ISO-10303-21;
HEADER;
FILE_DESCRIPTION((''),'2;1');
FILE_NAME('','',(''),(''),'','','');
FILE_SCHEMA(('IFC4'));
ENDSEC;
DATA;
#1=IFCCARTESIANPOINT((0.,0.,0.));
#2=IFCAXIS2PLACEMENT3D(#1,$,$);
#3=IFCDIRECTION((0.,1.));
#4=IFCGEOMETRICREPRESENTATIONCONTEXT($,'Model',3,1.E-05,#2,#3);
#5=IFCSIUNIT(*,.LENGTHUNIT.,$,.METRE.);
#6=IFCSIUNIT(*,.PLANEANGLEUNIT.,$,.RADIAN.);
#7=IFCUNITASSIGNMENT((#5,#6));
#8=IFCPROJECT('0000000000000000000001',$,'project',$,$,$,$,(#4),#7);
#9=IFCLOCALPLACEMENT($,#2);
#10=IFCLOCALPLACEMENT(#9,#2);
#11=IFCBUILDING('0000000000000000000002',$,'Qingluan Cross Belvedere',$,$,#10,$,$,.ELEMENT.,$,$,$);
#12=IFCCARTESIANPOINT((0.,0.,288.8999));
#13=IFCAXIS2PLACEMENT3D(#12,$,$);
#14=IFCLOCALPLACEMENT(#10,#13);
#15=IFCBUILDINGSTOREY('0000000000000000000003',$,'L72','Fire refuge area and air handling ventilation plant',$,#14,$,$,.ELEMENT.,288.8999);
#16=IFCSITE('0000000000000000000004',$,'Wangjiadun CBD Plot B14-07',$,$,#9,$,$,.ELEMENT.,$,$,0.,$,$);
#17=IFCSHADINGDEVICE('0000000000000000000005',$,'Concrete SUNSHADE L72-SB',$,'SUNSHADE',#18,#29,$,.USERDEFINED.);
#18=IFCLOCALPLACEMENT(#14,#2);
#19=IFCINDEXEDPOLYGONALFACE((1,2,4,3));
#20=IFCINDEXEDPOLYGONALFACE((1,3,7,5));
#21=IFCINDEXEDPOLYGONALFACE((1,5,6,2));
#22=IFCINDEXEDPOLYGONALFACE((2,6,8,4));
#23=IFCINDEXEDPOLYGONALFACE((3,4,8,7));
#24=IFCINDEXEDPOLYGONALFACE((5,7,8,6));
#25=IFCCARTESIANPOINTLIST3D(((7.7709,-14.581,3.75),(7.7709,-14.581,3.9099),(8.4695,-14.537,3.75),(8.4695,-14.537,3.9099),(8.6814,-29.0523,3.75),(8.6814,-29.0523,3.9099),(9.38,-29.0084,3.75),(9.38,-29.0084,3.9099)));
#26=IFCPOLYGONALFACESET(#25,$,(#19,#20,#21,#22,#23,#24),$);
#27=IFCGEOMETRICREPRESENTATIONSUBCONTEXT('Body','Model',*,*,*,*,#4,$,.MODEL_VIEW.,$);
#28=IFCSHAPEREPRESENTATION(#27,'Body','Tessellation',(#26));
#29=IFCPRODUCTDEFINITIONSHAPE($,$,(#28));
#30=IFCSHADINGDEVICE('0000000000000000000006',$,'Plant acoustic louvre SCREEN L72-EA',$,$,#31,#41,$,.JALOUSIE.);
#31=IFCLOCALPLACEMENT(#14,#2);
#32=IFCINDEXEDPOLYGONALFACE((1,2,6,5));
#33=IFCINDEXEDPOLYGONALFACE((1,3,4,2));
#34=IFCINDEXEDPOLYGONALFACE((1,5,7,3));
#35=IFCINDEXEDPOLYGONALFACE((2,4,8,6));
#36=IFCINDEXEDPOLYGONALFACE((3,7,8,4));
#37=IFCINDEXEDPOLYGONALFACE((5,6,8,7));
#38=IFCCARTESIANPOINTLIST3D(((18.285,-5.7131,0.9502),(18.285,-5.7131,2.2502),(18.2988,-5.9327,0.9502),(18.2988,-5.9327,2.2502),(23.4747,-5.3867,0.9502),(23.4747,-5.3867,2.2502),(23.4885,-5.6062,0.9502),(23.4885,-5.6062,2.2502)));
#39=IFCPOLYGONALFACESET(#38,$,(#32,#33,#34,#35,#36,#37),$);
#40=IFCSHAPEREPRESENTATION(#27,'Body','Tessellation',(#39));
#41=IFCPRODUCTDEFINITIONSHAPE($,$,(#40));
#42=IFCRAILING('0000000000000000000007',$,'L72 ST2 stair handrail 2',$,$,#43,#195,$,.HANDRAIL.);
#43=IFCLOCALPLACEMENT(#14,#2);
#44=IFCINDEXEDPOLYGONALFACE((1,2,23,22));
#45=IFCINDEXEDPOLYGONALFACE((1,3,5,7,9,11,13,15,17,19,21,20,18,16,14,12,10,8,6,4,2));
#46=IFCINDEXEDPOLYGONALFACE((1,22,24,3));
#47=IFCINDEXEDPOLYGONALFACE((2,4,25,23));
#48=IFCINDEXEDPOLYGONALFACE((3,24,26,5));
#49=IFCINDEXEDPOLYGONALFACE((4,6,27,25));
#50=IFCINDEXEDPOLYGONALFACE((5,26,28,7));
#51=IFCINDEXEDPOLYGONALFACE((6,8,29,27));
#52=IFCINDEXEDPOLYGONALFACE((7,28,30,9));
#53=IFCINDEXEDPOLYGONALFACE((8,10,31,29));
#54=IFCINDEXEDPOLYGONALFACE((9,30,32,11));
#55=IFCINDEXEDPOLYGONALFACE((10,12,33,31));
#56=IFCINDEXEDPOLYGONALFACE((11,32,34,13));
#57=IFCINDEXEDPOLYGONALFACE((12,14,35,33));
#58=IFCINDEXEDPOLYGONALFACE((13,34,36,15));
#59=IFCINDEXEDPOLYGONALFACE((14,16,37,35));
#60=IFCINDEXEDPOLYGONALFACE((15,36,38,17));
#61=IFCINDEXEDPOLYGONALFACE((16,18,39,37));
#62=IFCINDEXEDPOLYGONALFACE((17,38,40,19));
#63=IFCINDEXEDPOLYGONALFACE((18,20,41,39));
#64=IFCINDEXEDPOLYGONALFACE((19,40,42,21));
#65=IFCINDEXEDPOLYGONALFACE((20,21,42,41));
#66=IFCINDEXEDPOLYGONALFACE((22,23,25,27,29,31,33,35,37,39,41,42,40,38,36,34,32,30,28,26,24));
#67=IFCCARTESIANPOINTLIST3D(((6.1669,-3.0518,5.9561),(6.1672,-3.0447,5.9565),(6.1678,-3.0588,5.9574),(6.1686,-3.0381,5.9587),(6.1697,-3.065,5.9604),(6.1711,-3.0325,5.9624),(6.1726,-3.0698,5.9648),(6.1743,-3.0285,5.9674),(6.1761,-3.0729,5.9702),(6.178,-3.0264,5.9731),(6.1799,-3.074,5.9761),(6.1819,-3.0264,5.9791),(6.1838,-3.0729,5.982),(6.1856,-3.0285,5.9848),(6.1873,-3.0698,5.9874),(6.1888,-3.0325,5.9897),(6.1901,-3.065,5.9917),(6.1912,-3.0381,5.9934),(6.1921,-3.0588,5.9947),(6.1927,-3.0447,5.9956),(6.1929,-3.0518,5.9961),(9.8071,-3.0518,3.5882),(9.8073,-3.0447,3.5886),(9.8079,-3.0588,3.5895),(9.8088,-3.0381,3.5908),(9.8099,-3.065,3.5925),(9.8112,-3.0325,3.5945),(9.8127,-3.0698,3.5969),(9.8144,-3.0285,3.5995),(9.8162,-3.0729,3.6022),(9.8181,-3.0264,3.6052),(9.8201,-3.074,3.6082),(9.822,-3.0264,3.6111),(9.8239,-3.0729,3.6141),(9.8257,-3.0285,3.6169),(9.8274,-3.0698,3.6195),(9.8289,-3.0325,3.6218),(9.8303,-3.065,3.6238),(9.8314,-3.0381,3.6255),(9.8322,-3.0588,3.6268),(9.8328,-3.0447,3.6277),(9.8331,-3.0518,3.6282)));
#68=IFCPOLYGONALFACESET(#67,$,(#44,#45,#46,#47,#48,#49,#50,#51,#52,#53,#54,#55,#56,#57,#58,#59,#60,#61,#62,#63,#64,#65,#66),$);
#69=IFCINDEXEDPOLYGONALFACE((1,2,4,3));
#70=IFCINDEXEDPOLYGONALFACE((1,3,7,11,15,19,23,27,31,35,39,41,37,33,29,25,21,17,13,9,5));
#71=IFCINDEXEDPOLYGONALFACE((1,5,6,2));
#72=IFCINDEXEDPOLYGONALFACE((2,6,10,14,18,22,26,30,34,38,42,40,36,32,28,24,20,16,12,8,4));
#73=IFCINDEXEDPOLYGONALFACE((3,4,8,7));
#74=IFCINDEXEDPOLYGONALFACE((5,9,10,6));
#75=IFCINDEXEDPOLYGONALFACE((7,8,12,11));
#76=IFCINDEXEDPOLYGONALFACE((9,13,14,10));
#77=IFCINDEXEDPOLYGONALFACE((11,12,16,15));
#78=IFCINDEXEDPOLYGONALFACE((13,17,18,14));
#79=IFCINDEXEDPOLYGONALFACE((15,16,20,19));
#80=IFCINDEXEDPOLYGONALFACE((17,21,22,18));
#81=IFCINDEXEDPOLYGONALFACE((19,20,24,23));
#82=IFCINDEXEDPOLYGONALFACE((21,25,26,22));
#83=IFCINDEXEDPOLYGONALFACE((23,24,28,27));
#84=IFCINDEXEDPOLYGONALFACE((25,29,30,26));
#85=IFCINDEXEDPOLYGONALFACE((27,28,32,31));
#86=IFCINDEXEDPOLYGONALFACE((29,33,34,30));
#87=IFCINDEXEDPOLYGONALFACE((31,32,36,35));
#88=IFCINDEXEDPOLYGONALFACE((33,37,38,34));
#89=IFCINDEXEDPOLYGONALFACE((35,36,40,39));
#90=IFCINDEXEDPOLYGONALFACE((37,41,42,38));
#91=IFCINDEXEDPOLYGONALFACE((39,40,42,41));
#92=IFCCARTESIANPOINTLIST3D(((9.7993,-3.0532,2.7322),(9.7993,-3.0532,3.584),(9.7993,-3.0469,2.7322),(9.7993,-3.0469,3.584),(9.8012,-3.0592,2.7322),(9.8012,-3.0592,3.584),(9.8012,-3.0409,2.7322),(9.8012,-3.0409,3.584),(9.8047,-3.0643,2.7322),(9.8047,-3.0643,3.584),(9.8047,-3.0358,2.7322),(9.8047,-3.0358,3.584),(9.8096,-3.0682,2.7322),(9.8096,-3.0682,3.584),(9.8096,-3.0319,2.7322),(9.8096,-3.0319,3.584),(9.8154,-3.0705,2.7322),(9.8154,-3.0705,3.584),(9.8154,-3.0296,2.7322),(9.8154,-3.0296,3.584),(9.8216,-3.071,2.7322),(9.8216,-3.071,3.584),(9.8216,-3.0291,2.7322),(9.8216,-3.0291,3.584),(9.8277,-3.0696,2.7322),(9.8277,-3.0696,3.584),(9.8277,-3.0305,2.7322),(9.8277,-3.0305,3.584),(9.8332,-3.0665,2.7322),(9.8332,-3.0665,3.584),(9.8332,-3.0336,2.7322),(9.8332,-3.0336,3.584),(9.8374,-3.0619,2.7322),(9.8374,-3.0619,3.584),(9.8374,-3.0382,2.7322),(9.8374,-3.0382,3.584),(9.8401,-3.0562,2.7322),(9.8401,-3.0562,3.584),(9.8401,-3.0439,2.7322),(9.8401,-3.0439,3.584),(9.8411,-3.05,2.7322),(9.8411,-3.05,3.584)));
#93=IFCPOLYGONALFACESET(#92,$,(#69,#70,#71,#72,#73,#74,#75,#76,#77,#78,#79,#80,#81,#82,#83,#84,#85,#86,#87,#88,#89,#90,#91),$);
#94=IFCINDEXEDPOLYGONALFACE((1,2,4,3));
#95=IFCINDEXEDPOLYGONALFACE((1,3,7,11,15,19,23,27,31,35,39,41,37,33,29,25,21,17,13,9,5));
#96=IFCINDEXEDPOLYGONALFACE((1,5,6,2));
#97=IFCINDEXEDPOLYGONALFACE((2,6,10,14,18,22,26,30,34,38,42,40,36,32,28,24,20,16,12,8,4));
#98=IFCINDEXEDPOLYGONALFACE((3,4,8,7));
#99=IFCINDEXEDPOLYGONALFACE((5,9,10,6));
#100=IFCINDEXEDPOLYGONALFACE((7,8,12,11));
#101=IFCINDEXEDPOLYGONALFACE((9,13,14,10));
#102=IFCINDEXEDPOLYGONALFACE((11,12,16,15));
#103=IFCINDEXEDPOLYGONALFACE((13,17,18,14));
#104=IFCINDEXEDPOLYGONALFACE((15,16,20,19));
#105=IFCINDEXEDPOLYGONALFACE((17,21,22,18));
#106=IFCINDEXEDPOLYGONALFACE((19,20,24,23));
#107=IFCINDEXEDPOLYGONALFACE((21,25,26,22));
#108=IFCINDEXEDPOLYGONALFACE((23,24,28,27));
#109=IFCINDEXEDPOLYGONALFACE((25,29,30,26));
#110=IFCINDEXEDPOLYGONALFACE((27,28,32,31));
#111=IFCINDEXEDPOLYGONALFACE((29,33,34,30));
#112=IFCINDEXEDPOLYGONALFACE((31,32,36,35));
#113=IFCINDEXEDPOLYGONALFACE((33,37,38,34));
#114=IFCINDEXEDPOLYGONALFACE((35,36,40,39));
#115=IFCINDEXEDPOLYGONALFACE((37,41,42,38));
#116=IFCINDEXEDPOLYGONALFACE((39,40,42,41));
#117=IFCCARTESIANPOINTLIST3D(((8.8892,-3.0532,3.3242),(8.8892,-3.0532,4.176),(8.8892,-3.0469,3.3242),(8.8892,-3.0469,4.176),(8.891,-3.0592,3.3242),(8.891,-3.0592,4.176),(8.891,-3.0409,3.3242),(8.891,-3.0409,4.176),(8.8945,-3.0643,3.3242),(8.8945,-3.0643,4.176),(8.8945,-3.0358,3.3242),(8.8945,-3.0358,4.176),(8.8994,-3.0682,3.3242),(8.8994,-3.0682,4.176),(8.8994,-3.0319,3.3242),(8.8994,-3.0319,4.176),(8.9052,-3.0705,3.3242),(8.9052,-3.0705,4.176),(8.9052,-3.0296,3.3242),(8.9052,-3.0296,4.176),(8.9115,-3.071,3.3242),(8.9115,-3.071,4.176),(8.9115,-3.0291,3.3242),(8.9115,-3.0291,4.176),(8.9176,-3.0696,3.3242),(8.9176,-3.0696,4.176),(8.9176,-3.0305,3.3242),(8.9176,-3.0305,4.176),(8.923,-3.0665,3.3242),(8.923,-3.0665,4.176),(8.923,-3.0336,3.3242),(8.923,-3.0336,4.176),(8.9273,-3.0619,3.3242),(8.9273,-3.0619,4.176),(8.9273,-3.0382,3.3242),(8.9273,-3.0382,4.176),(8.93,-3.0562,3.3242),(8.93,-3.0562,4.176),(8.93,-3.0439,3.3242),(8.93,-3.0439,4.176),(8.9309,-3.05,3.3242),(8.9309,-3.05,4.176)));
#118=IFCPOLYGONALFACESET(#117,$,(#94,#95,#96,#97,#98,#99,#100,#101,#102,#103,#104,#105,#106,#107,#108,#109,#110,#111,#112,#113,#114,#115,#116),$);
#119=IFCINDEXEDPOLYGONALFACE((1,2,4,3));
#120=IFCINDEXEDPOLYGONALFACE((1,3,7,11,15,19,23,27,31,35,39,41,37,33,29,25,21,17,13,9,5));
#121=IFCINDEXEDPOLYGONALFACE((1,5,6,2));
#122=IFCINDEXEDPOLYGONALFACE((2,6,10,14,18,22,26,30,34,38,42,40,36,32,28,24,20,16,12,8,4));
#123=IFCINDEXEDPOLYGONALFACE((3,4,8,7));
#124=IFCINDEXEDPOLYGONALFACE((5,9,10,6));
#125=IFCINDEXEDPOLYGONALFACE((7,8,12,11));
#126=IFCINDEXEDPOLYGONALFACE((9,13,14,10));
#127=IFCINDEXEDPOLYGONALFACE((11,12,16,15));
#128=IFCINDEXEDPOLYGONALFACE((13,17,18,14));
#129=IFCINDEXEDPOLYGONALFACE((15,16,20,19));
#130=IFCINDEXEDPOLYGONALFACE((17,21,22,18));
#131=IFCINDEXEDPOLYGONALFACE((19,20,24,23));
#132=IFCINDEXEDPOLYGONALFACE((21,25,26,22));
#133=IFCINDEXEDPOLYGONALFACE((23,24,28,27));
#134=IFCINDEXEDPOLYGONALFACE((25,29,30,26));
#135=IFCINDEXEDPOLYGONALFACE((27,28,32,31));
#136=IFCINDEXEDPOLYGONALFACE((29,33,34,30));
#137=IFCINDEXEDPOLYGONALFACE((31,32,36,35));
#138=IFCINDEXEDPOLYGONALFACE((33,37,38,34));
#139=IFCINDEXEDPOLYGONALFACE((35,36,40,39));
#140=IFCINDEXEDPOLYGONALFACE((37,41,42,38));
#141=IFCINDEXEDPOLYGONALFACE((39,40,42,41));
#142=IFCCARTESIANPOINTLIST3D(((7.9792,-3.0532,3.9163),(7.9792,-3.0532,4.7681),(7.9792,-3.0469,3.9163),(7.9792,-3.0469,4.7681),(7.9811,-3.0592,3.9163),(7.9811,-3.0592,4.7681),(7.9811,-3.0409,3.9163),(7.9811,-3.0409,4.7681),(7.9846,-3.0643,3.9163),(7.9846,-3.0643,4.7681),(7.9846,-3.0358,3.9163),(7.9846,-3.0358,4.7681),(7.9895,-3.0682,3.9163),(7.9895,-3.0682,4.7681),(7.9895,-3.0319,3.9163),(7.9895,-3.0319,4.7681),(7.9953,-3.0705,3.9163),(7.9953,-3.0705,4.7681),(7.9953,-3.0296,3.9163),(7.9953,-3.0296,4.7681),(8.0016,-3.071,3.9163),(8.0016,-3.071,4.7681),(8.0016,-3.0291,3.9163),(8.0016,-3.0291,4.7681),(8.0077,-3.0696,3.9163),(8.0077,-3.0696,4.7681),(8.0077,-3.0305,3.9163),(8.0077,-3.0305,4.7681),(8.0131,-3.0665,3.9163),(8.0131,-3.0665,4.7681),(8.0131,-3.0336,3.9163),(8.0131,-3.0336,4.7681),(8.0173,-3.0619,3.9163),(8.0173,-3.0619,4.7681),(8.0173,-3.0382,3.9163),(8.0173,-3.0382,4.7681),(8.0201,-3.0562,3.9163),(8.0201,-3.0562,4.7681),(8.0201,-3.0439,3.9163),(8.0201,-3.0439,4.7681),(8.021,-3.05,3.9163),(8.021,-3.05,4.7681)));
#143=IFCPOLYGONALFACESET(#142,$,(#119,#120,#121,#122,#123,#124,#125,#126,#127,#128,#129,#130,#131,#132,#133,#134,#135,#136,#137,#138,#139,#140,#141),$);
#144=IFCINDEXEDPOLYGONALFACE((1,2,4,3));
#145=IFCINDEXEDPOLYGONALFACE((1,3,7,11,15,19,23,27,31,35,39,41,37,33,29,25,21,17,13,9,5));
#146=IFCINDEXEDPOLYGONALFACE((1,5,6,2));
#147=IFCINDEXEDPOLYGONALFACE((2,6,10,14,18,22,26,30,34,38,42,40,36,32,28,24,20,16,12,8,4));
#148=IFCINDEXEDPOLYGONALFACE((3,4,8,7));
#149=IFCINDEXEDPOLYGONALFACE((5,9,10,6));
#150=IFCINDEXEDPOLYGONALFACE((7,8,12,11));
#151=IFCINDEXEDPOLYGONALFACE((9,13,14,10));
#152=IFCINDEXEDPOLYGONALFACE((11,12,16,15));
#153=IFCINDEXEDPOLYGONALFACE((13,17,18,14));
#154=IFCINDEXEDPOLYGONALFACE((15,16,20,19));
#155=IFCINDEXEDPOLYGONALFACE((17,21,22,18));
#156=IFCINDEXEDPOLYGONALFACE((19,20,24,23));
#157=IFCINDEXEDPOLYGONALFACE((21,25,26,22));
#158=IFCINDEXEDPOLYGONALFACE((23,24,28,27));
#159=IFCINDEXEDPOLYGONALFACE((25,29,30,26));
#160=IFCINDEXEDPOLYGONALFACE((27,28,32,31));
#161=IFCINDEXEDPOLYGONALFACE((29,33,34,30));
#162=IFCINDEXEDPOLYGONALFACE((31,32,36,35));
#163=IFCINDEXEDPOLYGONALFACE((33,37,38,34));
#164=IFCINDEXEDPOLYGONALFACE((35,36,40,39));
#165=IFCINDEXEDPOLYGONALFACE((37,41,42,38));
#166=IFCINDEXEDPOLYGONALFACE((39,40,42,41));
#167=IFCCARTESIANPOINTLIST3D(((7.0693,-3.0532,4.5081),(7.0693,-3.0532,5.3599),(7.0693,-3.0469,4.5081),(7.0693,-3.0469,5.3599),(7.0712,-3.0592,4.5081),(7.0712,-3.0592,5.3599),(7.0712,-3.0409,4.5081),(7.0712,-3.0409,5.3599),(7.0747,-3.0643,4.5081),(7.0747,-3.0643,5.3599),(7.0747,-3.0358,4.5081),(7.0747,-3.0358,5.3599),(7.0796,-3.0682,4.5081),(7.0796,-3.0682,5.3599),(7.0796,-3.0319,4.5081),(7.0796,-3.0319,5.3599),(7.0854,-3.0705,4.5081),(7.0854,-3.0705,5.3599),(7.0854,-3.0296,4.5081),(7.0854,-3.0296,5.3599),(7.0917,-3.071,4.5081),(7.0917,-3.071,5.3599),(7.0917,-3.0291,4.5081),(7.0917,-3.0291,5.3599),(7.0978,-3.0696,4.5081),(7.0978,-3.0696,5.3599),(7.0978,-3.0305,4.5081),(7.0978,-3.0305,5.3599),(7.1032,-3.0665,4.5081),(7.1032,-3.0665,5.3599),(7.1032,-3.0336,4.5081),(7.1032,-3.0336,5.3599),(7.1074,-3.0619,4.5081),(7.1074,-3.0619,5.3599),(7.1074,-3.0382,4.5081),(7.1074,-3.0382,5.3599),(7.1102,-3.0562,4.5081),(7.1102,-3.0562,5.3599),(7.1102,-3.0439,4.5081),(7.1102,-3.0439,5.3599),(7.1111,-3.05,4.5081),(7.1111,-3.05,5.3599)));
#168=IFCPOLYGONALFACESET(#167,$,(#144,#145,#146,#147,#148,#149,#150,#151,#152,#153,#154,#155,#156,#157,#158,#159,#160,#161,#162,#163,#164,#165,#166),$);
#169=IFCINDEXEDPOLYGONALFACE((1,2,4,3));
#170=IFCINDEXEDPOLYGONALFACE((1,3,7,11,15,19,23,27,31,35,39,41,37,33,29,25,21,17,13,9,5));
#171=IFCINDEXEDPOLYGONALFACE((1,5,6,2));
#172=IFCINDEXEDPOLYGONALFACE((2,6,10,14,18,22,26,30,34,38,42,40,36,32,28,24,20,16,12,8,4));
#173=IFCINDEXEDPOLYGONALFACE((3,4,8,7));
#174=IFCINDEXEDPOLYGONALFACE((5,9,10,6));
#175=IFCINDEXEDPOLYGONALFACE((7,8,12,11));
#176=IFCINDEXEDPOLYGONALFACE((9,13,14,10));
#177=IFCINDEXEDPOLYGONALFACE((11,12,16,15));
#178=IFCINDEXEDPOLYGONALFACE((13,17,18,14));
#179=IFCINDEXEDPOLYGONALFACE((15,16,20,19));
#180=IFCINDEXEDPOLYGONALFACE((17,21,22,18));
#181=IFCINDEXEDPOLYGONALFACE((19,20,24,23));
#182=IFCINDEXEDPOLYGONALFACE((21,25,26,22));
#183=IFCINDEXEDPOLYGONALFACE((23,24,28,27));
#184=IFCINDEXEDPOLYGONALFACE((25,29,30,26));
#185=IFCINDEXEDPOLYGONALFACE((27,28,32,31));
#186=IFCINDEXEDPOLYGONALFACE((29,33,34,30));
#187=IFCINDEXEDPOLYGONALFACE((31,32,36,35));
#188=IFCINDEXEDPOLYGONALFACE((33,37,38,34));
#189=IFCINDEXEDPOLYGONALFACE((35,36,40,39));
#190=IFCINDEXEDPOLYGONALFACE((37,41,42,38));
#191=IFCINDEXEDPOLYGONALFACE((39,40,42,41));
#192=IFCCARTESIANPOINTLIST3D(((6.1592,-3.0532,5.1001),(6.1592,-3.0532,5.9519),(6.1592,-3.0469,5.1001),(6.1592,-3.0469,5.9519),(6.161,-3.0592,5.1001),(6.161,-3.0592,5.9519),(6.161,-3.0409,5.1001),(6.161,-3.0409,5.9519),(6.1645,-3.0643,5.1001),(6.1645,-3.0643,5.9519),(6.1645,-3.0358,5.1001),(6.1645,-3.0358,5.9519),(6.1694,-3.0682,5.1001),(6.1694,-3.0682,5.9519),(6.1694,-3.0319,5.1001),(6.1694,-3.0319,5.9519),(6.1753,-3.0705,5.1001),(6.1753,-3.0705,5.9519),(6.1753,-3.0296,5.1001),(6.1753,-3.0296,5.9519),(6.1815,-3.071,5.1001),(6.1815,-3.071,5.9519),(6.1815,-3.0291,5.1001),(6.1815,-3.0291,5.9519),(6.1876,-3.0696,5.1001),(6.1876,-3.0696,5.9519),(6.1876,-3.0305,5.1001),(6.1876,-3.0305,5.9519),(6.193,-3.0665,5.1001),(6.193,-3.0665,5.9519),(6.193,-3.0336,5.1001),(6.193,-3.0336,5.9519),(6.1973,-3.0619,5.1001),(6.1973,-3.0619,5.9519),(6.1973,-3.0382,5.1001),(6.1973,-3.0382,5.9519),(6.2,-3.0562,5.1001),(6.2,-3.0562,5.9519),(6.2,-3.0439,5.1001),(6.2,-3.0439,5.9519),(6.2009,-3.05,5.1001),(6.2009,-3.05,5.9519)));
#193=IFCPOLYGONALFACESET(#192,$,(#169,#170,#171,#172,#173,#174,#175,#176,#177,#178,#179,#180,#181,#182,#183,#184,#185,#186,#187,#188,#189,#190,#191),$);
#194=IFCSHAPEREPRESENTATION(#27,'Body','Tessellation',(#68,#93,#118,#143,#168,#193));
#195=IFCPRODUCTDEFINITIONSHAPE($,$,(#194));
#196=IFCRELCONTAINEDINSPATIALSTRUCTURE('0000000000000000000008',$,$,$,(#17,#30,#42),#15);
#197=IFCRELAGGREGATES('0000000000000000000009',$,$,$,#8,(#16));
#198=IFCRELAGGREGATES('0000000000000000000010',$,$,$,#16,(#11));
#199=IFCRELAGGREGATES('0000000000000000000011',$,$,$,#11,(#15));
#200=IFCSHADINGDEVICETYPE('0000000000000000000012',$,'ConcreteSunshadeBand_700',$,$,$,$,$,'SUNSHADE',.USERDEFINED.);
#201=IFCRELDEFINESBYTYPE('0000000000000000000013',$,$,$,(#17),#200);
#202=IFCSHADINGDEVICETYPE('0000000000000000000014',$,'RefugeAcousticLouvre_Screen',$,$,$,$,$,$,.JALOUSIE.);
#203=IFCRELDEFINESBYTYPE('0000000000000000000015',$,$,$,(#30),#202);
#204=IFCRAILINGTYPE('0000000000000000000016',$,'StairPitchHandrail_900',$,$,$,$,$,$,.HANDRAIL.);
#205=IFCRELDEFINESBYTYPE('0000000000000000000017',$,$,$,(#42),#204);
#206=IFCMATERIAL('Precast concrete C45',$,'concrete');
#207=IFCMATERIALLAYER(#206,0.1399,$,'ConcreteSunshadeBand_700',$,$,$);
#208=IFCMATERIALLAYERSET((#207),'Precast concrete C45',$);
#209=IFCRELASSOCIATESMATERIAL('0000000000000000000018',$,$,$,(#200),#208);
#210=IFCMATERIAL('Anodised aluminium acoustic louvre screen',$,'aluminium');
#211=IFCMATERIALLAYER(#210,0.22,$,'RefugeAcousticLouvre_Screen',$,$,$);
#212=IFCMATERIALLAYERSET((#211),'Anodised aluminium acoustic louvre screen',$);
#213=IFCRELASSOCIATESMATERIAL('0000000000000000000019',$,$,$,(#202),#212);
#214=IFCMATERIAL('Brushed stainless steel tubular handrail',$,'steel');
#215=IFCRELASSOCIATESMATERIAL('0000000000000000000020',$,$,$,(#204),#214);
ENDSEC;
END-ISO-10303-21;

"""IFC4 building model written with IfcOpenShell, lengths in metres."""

from ifc_helpers import new_model, si_unit, direction, frame, origin, origin_2d, place, context, subcontext, project, spatial, rectangle, circle, extrude, material, layer, layer_set, type_object, element, save


model = new_model("IFC4")

# Units and contexts
model_context = context("Model", 3, precision=1e-05, world=origin(), true_north=direction((0.0, 1.0)))
body_context = subcontext(model_context, "Body", "Model", "MODEL_VIEW")
ifc_project = project(units=[si_unit("LENGTHUNIT", "METRE"), si_unit("PLANEANGLEUNIT", "RADIAN")], contexts=[model_context])

# Site, building, storey
site_placement = place(None, origin())
site = spatial("IfcSite", under=ifc_project, at=site_placement, Name="Wangjiadun CBD Plot B14-07", CompositionType="ELEMENT", RefElevation=0.0)
building_placement = place(site_placement, origin())
building = spatial("IfcBuilding", under=site, at=building_placement, Name="Qingluan Cross Belvedere", CompositionType="ELEMENT")
storey_placement = place(building_placement, frame((0.0, 0.0, 288.8999)))
storey = spatial("IfcBuildingStorey", under=building, at=storey_placement, Name="L72", Description="Fire refuge area and air handling ventilation plant", CompositionType="ELEMENT", Elevation=288.8999)

# Shading devices
ifc_material_1 = material(Name="Precast concrete C45", Category="concrete")
ifc_layer_1 = layer(ifc_material_1, 0.1399, Name="ConcreteSunshadeBand_700")
ifc_layer_set_1 = layer_set([ifc_layer_1], Name="Precast concrete C45")
shading_device_type_1 = type_object("IfcShadingDeviceType", Name="ConcreteSunshadeBand_700", ElementType="SUNSHADE", PredefinedType="USERDEFINED", material=ifc_layer_set_1)
shading_device_1_placement = place(storey_placement, frame((8.5754, -21.7947, 3.75), z_axis=(0.0, 0.0, 1.0), x_axis=(-0.062796, 0.998026, 0.0)))
element("IfcShadingDevice", 1, at=shading_device_1_placement, inside=storey, type_object=shading_device_type_1, Name="Concrete SUNSHADE L72-SB", ObjectType="SUNSHADE", PredefinedType="USERDEFINED", context=body_context, shape_type="SweptSolid", body=[
    extrude(rectangle(XDim=14.5, YDim=0.7, at=origin_2d()), origin(), (0.0, 0.0, 1.0), 0.1599),
])
ifc_material_2 = material(Name="Anodised aluminium acoustic louvre screen", Category="aluminium")
ifc_layer_2 = layer(ifc_material_2, 0.22, Name="RefugeAcousticLouvre_Screen")
ifc_layer_set_2 = layer_set([ifc_layer_2], Name="Anodised aluminium acoustic louvre screen")
shading_device_type_2 = type_object("IfcShadingDeviceType", Name="RefugeAcousticLouvre_Screen", PredefinedType="JALOUSIE", material=ifc_layer_set_2)
shading_device_2_placement = place(storey_placement, frame((20.8867, -5.6597, 0.9502), z_axis=(0.0, 0.0, 1.0), x_axis=(0.998027, 0.062784, 0.0)))
element("IfcShadingDevice", 2, at=shading_device_2_placement, inside=storey, type_object=shading_device_type_2, Name="Plant acoustic louvre SCREEN L72-EA", PredefinedType="JALOUSIE", context=body_context, shape_type="SweptSolid", body=[
    extrude(rectangle(XDim=5.2, YDim=0.22, at=origin_2d()), origin(), (0.0, 0.0, 1.0), 1.3),
])

# Railing
ifc_material_3 = material(Name="Brushed stainless steel tubular handrail", Category="steel")
railing_type_1 = type_object("IfcRailingType", Name="StairPitchHandrail_900", PredefinedType="HANDRAIL", material=ifc_material_3)
railing_1_placement = place(storey_placement, frame((9.8201, -3.05, 2.7322)))
element("IfcRailing", 3, at=railing_1_placement, inside=storey, type_object=railing_type_1, Name="L72 ST2 stair handrail 2", PredefinedType="HANDRAIL", context=body_context, shape_type="SweptSolid", body=[
    extrude(circle(Radius=0.0239, at=origin_2d()), frame((0.0, 0.0, 0.876), z_axis=(-0.838251, 0.0, 0.545285), x_axis=(0.0, -1.0, 0.0)), (0.0, 0.0, 1.0), 4.3425),
    extrude(circle(Radius=0.021, at=origin_2d()), origin(), (0.0, 0.0, 1.0), 0.8518),
    extrude(circle(Radius=0.021, at=origin_2d()), frame((-0.9102, 0.0, 0.592)), (0.0, 0.0, 1.0), 0.8518),
    extrude(circle(Radius=0.021, at=origin_2d()), frame((-1.8201, 0.0, 1.1841)), (0.0, 0.0, 1.0), 0.8518),
    extrude(circle(Radius=0.021, at=origin_2d()), frame((-2.73, 0.0, 1.7759)), (0.0, 0.0, 1.0), 0.8518),
    extrude(circle(Radius=0.021, at=origin_2d()), frame((-3.6401, 0.0, 2.3679)), (0.0, 0.0, 1.0), 0.8518),
])

save(model, "model.ifc")
